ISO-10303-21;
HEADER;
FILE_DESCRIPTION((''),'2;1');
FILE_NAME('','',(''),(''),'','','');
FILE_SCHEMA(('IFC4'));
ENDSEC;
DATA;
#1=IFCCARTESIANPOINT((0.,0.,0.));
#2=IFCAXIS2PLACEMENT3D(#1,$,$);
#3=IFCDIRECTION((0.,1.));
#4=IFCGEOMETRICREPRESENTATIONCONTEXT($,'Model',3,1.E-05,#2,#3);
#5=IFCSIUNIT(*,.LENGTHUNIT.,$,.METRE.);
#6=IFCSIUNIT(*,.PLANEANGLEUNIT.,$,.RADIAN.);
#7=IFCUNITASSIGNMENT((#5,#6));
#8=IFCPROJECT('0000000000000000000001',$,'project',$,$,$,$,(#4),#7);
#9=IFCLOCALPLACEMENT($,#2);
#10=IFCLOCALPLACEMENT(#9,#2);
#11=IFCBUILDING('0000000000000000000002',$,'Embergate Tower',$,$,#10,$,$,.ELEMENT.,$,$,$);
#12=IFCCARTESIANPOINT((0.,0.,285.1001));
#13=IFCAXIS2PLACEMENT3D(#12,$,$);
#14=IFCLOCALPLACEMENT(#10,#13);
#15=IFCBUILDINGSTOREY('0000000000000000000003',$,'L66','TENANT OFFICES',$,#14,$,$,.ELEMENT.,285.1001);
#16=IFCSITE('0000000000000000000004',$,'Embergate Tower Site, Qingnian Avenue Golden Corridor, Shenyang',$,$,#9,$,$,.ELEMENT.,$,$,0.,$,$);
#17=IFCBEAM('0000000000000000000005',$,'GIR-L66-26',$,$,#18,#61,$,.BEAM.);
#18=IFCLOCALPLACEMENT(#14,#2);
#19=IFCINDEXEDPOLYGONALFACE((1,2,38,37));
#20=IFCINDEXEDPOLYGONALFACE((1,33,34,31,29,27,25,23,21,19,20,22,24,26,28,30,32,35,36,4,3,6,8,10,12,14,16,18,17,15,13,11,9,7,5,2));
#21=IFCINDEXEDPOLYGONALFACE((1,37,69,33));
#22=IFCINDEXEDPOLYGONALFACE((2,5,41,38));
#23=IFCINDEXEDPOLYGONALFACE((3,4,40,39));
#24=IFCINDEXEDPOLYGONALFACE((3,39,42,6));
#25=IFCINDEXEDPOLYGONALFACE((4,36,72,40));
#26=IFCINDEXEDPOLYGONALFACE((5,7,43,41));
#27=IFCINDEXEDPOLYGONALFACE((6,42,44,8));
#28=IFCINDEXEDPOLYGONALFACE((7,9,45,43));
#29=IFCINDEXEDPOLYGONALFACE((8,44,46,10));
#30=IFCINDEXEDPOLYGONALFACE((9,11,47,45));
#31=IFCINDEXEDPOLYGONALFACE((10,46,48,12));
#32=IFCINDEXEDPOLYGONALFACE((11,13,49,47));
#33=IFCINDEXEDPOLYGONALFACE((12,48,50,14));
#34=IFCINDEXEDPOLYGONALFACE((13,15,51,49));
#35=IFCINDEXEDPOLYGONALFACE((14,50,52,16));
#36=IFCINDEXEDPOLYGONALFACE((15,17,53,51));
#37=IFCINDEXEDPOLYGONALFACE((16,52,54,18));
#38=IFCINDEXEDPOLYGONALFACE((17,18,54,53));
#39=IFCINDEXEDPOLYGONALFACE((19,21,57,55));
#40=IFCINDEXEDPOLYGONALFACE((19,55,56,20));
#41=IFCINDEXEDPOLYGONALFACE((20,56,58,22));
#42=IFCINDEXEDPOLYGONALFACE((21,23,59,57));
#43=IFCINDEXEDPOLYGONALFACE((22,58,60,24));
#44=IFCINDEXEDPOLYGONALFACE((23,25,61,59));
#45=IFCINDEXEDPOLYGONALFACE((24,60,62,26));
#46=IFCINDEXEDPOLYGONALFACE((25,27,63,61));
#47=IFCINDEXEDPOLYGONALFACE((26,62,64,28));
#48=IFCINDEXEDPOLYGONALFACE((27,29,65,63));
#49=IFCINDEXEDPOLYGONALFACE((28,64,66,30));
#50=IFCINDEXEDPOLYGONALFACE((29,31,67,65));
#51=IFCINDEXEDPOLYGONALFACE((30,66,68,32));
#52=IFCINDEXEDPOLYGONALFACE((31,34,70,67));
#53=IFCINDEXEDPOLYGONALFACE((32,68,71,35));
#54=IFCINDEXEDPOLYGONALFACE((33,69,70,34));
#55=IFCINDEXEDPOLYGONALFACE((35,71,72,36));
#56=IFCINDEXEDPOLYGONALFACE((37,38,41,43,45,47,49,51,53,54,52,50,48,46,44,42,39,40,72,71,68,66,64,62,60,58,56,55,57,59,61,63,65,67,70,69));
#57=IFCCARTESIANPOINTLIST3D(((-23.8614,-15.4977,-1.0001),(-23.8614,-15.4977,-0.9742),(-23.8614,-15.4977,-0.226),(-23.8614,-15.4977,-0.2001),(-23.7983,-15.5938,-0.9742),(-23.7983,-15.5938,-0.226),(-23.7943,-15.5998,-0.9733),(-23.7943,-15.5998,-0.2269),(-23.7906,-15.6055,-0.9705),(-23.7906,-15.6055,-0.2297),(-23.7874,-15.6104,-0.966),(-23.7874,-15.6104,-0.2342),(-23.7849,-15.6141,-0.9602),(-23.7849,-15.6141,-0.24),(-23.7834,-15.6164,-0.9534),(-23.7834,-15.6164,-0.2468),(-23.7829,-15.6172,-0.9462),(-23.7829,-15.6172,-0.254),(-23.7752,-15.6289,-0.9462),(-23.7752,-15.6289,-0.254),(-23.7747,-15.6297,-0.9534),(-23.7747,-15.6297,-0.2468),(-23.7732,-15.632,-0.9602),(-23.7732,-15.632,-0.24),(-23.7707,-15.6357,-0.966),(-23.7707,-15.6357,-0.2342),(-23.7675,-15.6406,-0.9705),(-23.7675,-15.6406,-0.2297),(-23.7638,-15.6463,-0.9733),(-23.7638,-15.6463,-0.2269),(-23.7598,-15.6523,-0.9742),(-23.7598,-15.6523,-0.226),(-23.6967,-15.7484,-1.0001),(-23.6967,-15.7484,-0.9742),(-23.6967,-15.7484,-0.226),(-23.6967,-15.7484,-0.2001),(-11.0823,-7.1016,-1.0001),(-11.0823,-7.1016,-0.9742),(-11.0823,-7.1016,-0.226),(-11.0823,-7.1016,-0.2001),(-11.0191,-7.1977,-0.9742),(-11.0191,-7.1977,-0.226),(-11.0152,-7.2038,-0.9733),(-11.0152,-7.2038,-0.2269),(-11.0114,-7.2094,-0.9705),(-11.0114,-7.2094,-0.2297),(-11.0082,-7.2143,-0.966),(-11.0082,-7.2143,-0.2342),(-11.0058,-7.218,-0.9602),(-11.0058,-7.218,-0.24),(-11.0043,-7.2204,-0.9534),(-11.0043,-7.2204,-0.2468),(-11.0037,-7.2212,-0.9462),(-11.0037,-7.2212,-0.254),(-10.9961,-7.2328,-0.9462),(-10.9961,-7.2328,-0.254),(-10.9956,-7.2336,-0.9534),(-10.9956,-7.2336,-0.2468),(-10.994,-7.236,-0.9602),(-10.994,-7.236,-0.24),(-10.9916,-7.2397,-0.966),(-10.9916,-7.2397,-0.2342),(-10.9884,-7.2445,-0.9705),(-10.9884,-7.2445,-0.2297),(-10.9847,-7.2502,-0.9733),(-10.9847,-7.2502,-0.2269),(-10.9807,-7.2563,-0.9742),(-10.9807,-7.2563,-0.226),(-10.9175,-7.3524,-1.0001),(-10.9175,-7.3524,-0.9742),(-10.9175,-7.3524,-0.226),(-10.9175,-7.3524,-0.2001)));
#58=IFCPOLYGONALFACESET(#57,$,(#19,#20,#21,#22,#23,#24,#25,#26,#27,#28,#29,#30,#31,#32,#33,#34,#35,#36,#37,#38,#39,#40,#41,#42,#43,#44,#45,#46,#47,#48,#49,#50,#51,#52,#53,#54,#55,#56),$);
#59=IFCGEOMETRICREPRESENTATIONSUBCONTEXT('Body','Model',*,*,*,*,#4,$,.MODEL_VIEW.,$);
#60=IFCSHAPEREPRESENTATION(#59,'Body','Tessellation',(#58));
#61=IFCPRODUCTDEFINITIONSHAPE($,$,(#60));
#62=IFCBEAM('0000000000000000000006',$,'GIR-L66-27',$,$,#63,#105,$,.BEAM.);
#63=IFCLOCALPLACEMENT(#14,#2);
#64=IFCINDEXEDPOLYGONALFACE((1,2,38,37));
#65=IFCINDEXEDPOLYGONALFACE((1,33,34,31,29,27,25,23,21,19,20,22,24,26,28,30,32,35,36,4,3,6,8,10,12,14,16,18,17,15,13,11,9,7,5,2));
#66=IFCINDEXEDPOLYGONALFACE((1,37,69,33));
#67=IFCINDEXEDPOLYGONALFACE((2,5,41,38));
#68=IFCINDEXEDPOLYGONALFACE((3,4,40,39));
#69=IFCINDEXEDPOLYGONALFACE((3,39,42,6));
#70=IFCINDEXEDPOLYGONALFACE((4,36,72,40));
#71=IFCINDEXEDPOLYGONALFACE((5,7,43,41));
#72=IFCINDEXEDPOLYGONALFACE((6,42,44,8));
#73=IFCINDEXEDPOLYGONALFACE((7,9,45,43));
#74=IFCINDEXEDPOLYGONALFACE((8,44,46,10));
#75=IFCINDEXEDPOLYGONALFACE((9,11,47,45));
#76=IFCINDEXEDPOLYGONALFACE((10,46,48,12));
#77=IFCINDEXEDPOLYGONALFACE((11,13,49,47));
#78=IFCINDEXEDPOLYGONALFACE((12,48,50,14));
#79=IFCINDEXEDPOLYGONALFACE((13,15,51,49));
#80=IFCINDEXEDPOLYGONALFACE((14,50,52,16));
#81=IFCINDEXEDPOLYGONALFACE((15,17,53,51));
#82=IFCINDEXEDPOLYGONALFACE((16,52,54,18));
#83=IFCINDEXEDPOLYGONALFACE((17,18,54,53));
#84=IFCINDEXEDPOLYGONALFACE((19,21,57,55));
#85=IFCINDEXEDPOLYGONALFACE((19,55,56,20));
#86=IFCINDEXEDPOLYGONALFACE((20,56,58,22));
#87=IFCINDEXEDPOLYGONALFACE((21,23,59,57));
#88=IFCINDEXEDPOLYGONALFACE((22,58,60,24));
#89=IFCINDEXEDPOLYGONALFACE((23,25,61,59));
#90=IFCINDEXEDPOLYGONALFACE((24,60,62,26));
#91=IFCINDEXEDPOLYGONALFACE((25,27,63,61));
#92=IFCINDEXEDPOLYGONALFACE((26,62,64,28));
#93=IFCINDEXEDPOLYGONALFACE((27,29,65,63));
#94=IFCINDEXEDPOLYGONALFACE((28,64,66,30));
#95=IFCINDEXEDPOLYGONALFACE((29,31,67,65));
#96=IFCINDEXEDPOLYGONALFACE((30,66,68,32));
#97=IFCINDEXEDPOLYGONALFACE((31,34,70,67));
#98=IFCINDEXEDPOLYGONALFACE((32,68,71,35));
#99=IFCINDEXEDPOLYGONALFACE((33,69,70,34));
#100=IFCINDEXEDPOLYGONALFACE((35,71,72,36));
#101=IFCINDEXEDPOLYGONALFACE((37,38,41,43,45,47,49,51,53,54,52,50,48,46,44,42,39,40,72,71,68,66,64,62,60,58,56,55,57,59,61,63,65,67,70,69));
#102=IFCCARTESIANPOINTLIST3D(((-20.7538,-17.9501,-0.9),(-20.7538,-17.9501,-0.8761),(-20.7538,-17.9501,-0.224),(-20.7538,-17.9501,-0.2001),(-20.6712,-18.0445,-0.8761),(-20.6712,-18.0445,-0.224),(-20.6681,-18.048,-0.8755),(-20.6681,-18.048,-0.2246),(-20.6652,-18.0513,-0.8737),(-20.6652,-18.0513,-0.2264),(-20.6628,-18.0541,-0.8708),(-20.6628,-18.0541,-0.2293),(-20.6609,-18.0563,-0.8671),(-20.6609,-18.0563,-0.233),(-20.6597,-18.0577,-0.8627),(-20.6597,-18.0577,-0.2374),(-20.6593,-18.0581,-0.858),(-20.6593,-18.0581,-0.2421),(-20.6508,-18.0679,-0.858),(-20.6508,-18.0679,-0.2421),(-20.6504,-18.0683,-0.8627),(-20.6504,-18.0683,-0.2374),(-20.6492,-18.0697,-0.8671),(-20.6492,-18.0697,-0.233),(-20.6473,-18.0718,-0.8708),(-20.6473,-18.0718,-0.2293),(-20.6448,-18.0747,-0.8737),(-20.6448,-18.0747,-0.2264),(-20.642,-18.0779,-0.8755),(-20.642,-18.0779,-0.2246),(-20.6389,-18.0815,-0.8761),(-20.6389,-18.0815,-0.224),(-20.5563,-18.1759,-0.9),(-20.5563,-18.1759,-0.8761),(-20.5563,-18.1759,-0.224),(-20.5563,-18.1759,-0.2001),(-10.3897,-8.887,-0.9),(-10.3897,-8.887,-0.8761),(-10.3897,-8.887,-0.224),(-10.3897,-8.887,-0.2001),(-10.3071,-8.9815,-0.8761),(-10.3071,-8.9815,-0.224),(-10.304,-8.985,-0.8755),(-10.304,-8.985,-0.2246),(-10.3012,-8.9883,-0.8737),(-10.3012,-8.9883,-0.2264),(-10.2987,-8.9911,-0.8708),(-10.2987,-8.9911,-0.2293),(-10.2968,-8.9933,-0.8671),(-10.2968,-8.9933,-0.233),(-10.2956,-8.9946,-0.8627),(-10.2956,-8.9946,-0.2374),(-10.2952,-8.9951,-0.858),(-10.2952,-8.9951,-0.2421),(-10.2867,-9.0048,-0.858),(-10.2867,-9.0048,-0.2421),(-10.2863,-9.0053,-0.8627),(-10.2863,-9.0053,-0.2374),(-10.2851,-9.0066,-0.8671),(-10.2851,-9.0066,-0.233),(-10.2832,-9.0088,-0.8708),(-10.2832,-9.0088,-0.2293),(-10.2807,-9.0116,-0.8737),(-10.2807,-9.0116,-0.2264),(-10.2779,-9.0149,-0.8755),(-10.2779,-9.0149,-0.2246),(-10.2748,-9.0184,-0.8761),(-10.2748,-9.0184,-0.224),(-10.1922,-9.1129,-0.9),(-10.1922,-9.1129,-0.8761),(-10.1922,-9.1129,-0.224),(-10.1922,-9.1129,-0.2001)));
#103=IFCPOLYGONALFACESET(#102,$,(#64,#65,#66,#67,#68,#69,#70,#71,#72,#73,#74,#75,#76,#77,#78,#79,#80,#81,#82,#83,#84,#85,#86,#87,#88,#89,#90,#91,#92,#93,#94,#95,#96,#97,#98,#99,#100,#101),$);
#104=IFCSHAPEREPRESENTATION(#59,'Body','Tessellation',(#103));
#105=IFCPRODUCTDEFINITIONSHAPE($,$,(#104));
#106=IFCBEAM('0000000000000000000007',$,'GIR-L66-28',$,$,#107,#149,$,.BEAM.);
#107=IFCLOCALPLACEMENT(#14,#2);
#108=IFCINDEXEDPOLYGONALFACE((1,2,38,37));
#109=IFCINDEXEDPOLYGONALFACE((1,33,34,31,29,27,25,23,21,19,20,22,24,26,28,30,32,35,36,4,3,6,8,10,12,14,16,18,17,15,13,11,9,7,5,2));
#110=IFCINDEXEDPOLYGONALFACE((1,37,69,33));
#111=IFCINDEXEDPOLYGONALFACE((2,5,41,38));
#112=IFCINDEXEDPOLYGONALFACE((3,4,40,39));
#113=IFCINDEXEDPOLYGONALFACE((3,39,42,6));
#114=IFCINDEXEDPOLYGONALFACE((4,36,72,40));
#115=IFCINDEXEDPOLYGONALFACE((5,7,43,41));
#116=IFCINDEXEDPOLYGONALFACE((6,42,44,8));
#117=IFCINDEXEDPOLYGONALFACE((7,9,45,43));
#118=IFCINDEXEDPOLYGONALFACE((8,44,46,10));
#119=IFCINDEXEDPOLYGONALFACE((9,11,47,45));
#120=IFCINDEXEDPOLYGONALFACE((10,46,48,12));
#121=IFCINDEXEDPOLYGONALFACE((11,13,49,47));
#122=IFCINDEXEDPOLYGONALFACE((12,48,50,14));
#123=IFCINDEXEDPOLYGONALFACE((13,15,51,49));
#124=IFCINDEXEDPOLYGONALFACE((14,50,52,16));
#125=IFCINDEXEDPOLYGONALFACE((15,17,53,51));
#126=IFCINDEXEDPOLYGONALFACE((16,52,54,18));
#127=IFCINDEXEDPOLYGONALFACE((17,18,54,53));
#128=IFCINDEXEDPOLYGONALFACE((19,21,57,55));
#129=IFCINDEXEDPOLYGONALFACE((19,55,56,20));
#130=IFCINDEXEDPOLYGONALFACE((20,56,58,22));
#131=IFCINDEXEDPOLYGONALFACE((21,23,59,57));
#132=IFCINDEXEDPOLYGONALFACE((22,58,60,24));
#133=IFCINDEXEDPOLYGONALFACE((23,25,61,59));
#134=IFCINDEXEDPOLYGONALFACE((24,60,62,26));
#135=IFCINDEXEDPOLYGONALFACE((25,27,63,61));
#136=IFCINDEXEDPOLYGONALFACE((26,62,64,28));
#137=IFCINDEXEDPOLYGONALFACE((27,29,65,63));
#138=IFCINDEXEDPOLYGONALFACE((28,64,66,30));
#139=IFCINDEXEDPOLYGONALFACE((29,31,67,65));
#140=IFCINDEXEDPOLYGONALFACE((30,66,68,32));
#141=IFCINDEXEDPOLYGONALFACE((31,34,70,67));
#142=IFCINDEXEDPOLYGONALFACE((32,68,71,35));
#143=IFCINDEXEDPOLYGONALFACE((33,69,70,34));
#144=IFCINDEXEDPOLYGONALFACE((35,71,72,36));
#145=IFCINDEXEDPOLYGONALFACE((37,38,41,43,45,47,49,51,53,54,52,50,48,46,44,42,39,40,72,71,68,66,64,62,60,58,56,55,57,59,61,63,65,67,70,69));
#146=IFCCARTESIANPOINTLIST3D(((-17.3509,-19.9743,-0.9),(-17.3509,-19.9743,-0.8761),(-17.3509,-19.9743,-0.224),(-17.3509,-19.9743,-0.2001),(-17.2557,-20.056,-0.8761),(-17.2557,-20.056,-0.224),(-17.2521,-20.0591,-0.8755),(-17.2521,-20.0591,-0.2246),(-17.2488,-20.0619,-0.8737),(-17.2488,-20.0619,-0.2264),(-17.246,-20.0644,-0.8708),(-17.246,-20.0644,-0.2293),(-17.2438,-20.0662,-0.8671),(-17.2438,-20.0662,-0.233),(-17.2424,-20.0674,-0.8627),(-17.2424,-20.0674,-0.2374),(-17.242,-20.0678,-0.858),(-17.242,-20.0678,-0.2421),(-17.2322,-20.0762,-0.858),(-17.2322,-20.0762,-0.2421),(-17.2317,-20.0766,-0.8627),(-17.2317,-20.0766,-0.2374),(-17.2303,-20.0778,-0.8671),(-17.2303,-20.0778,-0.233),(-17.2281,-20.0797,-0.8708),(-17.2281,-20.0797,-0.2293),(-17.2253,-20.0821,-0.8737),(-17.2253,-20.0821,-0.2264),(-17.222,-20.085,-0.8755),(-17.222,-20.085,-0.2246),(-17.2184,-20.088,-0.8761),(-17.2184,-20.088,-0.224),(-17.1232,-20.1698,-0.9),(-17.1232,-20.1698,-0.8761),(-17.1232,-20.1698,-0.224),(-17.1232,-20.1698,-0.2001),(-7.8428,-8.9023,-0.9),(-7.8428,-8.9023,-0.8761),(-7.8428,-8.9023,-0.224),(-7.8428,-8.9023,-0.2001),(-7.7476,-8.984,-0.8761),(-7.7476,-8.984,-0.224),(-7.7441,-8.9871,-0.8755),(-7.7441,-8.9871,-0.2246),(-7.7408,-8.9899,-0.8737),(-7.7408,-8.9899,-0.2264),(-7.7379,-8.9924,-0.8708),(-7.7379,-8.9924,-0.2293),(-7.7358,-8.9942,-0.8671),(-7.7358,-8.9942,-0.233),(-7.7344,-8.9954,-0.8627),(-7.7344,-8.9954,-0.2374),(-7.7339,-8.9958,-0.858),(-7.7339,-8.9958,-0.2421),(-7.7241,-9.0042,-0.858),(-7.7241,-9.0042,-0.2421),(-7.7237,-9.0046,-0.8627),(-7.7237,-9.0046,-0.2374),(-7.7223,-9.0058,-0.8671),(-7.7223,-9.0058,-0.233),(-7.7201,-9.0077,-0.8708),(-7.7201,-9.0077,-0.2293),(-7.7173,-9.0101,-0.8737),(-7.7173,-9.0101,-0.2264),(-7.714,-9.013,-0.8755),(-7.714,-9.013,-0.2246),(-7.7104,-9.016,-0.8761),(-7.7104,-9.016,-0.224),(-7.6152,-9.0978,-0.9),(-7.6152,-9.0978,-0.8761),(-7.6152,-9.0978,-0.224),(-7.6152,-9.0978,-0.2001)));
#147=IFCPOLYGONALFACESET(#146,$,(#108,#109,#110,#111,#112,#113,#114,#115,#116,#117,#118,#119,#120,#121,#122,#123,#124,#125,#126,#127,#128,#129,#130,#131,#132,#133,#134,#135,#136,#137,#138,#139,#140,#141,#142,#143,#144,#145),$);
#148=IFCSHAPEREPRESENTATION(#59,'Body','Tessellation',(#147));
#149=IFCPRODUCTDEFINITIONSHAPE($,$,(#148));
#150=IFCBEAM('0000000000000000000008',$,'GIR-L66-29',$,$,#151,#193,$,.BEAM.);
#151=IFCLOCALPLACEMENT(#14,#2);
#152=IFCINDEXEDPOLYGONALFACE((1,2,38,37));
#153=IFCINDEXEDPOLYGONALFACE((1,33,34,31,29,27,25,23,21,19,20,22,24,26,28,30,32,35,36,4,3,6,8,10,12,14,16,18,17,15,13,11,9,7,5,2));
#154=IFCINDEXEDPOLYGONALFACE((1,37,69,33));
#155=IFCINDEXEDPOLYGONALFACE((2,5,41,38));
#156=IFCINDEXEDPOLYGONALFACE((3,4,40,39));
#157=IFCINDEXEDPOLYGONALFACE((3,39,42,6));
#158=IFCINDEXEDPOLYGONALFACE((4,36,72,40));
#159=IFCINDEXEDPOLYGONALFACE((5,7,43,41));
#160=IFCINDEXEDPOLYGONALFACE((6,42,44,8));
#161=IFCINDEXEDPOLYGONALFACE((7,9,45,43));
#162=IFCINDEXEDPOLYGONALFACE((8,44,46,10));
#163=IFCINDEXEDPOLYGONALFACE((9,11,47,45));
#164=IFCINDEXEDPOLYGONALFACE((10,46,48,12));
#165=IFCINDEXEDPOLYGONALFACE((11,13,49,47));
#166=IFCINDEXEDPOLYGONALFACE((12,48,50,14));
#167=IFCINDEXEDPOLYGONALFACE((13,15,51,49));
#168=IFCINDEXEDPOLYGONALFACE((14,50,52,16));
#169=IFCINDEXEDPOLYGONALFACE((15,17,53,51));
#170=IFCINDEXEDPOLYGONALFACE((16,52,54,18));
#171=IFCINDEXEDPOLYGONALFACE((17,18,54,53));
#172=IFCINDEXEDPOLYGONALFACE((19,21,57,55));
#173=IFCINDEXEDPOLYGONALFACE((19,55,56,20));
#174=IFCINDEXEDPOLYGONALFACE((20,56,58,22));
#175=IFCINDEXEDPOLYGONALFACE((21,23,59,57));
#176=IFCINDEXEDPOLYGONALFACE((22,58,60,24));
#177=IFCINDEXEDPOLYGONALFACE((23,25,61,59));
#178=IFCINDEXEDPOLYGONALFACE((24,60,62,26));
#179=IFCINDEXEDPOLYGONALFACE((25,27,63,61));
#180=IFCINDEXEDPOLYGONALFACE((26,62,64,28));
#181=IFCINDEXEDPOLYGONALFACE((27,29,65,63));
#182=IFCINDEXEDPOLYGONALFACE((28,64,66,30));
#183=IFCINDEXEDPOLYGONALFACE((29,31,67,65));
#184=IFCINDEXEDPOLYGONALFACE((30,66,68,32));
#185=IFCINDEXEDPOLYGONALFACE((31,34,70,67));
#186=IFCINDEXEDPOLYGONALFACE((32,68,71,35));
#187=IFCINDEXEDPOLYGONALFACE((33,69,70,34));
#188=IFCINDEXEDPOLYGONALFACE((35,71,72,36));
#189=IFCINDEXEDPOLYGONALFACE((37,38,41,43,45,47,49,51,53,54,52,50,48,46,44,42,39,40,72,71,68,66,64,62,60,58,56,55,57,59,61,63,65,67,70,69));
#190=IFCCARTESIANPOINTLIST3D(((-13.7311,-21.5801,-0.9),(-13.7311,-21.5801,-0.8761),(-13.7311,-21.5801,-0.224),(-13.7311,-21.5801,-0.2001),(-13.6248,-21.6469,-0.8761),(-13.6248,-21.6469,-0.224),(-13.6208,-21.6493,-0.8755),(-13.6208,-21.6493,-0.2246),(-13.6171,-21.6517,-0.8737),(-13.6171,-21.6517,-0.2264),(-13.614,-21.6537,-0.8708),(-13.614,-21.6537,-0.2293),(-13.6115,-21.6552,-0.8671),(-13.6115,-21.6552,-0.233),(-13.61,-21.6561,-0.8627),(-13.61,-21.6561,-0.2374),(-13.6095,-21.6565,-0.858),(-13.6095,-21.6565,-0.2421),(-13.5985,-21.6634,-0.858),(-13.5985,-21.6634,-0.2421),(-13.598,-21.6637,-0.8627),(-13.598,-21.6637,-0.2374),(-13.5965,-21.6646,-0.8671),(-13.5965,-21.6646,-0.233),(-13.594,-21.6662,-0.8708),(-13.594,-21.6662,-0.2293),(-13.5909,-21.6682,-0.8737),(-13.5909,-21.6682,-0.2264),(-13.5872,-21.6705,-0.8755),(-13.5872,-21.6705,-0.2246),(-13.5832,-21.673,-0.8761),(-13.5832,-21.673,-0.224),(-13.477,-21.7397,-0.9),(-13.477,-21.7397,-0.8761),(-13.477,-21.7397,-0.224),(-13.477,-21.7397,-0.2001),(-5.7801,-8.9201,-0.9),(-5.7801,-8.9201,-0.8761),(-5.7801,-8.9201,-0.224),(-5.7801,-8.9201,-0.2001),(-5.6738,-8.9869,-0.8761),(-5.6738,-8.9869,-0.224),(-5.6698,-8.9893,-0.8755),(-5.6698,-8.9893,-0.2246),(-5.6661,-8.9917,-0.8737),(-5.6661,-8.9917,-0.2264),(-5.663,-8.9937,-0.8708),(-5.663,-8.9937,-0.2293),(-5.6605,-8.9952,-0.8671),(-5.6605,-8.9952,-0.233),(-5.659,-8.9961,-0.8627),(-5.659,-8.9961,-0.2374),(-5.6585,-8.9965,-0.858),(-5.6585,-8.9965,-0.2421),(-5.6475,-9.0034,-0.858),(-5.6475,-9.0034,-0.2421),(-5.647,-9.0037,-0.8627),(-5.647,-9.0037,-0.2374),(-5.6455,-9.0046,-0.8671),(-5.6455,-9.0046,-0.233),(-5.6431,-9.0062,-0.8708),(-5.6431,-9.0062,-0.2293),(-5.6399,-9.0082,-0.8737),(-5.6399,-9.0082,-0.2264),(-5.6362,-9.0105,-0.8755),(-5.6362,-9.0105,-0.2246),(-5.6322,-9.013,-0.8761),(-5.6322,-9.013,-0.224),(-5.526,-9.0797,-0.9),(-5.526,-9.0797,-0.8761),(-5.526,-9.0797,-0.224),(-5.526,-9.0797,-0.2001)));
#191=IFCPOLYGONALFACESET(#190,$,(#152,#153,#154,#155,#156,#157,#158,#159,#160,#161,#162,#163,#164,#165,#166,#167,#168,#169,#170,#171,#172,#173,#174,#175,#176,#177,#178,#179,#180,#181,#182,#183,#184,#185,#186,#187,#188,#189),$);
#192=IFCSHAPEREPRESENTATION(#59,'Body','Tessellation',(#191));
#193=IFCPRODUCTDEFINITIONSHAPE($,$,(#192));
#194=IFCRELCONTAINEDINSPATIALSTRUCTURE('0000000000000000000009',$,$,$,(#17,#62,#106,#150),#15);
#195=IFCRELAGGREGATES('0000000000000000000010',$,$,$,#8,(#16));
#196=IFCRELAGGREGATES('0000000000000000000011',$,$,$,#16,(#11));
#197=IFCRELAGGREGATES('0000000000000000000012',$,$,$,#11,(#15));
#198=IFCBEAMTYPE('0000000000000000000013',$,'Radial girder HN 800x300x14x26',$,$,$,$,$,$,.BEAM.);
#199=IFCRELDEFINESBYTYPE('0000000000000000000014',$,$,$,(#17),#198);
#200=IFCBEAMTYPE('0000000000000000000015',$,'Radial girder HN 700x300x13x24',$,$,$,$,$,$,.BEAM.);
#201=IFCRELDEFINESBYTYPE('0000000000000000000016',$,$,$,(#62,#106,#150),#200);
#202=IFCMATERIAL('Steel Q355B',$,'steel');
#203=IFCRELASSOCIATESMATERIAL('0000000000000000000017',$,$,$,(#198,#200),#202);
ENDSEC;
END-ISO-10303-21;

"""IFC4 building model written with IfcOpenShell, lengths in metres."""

from ifc_helpers import new_model, si_unit, direction, frame, origin, origin_2d, place, context, subcontext, project, spatial, i_section, extrude, source, transform, mapped, material, material_profile, profile_set, type_object, element, save


model = new_model("IFC4")

# Units and contexts
model_context = context("Model", 3, precision=1e-05, world=origin(), true_north=direction((0.0, 1.0)))
body_context = subcontext(model_context, "Body", "Model", "MODEL_VIEW")
ifc_project = project(units=[si_unit("LENGTHUNIT", "METRE"), si_unit("PLANEANGLEUNIT", "RADIAN")], contexts=[model_context])

# Site, building, storey
site_placement = place(None, origin())
site = spatial("IfcSite", under=ifc_project, at=site_placement, Name="Embergate Tower Site, Qingnian Avenue Golden Corridor, Shenyang", CompositionType="ELEMENT", RefElevation=0.0)
building_placement = place(site_placement, origin())
building = spatial("IfcBuilding", under=site, at=building_placement, Name="Embergate Tower", CompositionType="ELEMENT")
storey_placement = place(building_placement, frame((0.0, 0.0, 285.1001)))
storey = spatial("IfcBuildingStorey", under=building, at=storey_placement, Name="L66", Description="TENANT OFFICES", CompositionType="ELEMENT", Elevation=285.1001)

# Beams
ifc_material_1 = material(Name="Steel Q355B", Category="steel")
ifc_material_profile_1 = material_profile(ifc_material_1, i_section(OverallWidth=0.3, OverallDepth=0.8, WebThickness=0.0139, FlangeThickness=0.0259, FilletRadius=0.0281, at=origin_2d()), Name="HN 800x300x14x26")
ifc_profile_set_1 = profile_set([ifc_material_profile_1], Name="Steel Q355 grade B")
beam_type_1 = type_object("IfcBeamType", Name="Radial girder HN 800x300x14x26", PredefinedType="BEAM", material=ifc_profile_set_1)
shared_shape_1 = source(origin(), body_context, "Body", "SweptSolid", [
    extrude(i_section(OverallWidth=0.3, OverallDepth=0.8, WebThickness=0.0139, FlangeThickness=0.0259, FilletRadius=0.0281, at=origin_2d()), origin(), (0.0, 0.0, 1.0), 15.2905),
])
beam_1_placement = place(storey_placement, frame((-23.7791, -15.623, -0.6001), z_axis=(0.835756, 0.549102, 0.0), x_axis=(-0.549102, 0.835756, 0.0)))
element("IfcBeam", 1, at=beam_1_placement, inside=storey, type_object=beam_type_1, Name="GIR-L66-26", PredefinedType="BEAM", context=body_context, shape_type="MappedRepresentation", body=[
    mapped(shared_shape_1, transform((0.0, 0.0, 0.0))),
])
ifc_material_profile_2 = material_profile(ifc_material_1, i_section(OverallWidth=0.3, OverallDepth=0.7, WebThickness=0.0129, FlangeThickness=0.0239, FilletRadius=0.0181, at=origin_2d()), Name="HN 700x300x13x24")
ifc_profile_set_2 = profile_set([ifc_material_profile_2], Name="Steel Q355 grade B")
beam_type_2 = type_object("IfcBeamType", Name="Radial girder HN 700x300x13x24", PredefinedType="BEAM", material=ifc_profile_set_2)
shared_shape_2 = source(origin(), body_context, "Body", "SweptSolid", [
    extrude(i_section(OverallWidth=0.3, OverallDepth=0.7, WebThickness=0.0129, FlangeThickness=0.0239, FilletRadius=0.0181, at=origin_2d()), origin(), (0.0, 0.0, 1.0), 13.7678),
])
beam_2_placement = place(storey_placement, frame((-20.655, -18.063, -0.55), z_axis=(0.752775, 0.658277, 0.0), x_axis=(-0.658277, 0.752775, 0.0)))
element("IfcBeam", 2, at=beam_2_placement, inside=storey, type_object=beam_type_2, Name="GIR-L66-27", PredefinedType="BEAM", context=body_context, shape_type="MappedRepresentation", body=[
    mapped(shared_shape_2, transform((0.0, 0.0, 0.0))),
])
shared_shape_3 = source(origin(), body_context, "Body", "SweptSolid", [
    extrude(i_section(OverallWidth=0.3, OverallDepth=0.7, WebThickness=0.0129, FlangeThickness=0.0239, FilletRadius=0.0181, at=origin_2d()), origin(), (0.0, 0.0, 1.0), 14.5942),
])
beam_3_placement = place(storey_placement, frame((-17.2371, -20.072, -0.55), z_axis=(0.651492, 0.758655, 0.0), x_axis=(-0.758655, 0.651492, 0.0)))
element("IfcBeam", 3, at=beam_3_placement, inside=storey, type_object=beam_type_2, Name="GIR-L66-28", PredefinedType="BEAM", context=body_context, shape_type="MappedRepresentation", body=[
    mapped(shared_shape_3, transform((0.0, 0.0, 0.0))),
])
shared_shape_4 = source(origin(), body_context, "Body", "SweptSolid", [
    extrude(i_section(OverallWidth=0.3, OverallDepth=0.7, WebThickness=0.0129, FlangeThickness=0.0239, FilletRadius=0.0181, at=origin_2d()), origin(), (0.0, 0.0, 1.0), 14.9497),
])
beam_4_placement = place(storey_placement, frame((-13.604, -21.6599, -0.55), z_axis=(0.531849, 0.846839, 0.0), x_axis=(-0.846839, 0.531849, 0.0)))
element("IfcBeam", 4, at=beam_4_placement, inside=storey, type_object=beam_type_2, Name="GIR-L66-29", PredefinedType="BEAM", context=body_context, shape_type="MappedRepresentation", body=[
    mapped(shared_shape_4, transform((0.0, 0.0, 0.0))),
])

save(model, "model.ifc")
